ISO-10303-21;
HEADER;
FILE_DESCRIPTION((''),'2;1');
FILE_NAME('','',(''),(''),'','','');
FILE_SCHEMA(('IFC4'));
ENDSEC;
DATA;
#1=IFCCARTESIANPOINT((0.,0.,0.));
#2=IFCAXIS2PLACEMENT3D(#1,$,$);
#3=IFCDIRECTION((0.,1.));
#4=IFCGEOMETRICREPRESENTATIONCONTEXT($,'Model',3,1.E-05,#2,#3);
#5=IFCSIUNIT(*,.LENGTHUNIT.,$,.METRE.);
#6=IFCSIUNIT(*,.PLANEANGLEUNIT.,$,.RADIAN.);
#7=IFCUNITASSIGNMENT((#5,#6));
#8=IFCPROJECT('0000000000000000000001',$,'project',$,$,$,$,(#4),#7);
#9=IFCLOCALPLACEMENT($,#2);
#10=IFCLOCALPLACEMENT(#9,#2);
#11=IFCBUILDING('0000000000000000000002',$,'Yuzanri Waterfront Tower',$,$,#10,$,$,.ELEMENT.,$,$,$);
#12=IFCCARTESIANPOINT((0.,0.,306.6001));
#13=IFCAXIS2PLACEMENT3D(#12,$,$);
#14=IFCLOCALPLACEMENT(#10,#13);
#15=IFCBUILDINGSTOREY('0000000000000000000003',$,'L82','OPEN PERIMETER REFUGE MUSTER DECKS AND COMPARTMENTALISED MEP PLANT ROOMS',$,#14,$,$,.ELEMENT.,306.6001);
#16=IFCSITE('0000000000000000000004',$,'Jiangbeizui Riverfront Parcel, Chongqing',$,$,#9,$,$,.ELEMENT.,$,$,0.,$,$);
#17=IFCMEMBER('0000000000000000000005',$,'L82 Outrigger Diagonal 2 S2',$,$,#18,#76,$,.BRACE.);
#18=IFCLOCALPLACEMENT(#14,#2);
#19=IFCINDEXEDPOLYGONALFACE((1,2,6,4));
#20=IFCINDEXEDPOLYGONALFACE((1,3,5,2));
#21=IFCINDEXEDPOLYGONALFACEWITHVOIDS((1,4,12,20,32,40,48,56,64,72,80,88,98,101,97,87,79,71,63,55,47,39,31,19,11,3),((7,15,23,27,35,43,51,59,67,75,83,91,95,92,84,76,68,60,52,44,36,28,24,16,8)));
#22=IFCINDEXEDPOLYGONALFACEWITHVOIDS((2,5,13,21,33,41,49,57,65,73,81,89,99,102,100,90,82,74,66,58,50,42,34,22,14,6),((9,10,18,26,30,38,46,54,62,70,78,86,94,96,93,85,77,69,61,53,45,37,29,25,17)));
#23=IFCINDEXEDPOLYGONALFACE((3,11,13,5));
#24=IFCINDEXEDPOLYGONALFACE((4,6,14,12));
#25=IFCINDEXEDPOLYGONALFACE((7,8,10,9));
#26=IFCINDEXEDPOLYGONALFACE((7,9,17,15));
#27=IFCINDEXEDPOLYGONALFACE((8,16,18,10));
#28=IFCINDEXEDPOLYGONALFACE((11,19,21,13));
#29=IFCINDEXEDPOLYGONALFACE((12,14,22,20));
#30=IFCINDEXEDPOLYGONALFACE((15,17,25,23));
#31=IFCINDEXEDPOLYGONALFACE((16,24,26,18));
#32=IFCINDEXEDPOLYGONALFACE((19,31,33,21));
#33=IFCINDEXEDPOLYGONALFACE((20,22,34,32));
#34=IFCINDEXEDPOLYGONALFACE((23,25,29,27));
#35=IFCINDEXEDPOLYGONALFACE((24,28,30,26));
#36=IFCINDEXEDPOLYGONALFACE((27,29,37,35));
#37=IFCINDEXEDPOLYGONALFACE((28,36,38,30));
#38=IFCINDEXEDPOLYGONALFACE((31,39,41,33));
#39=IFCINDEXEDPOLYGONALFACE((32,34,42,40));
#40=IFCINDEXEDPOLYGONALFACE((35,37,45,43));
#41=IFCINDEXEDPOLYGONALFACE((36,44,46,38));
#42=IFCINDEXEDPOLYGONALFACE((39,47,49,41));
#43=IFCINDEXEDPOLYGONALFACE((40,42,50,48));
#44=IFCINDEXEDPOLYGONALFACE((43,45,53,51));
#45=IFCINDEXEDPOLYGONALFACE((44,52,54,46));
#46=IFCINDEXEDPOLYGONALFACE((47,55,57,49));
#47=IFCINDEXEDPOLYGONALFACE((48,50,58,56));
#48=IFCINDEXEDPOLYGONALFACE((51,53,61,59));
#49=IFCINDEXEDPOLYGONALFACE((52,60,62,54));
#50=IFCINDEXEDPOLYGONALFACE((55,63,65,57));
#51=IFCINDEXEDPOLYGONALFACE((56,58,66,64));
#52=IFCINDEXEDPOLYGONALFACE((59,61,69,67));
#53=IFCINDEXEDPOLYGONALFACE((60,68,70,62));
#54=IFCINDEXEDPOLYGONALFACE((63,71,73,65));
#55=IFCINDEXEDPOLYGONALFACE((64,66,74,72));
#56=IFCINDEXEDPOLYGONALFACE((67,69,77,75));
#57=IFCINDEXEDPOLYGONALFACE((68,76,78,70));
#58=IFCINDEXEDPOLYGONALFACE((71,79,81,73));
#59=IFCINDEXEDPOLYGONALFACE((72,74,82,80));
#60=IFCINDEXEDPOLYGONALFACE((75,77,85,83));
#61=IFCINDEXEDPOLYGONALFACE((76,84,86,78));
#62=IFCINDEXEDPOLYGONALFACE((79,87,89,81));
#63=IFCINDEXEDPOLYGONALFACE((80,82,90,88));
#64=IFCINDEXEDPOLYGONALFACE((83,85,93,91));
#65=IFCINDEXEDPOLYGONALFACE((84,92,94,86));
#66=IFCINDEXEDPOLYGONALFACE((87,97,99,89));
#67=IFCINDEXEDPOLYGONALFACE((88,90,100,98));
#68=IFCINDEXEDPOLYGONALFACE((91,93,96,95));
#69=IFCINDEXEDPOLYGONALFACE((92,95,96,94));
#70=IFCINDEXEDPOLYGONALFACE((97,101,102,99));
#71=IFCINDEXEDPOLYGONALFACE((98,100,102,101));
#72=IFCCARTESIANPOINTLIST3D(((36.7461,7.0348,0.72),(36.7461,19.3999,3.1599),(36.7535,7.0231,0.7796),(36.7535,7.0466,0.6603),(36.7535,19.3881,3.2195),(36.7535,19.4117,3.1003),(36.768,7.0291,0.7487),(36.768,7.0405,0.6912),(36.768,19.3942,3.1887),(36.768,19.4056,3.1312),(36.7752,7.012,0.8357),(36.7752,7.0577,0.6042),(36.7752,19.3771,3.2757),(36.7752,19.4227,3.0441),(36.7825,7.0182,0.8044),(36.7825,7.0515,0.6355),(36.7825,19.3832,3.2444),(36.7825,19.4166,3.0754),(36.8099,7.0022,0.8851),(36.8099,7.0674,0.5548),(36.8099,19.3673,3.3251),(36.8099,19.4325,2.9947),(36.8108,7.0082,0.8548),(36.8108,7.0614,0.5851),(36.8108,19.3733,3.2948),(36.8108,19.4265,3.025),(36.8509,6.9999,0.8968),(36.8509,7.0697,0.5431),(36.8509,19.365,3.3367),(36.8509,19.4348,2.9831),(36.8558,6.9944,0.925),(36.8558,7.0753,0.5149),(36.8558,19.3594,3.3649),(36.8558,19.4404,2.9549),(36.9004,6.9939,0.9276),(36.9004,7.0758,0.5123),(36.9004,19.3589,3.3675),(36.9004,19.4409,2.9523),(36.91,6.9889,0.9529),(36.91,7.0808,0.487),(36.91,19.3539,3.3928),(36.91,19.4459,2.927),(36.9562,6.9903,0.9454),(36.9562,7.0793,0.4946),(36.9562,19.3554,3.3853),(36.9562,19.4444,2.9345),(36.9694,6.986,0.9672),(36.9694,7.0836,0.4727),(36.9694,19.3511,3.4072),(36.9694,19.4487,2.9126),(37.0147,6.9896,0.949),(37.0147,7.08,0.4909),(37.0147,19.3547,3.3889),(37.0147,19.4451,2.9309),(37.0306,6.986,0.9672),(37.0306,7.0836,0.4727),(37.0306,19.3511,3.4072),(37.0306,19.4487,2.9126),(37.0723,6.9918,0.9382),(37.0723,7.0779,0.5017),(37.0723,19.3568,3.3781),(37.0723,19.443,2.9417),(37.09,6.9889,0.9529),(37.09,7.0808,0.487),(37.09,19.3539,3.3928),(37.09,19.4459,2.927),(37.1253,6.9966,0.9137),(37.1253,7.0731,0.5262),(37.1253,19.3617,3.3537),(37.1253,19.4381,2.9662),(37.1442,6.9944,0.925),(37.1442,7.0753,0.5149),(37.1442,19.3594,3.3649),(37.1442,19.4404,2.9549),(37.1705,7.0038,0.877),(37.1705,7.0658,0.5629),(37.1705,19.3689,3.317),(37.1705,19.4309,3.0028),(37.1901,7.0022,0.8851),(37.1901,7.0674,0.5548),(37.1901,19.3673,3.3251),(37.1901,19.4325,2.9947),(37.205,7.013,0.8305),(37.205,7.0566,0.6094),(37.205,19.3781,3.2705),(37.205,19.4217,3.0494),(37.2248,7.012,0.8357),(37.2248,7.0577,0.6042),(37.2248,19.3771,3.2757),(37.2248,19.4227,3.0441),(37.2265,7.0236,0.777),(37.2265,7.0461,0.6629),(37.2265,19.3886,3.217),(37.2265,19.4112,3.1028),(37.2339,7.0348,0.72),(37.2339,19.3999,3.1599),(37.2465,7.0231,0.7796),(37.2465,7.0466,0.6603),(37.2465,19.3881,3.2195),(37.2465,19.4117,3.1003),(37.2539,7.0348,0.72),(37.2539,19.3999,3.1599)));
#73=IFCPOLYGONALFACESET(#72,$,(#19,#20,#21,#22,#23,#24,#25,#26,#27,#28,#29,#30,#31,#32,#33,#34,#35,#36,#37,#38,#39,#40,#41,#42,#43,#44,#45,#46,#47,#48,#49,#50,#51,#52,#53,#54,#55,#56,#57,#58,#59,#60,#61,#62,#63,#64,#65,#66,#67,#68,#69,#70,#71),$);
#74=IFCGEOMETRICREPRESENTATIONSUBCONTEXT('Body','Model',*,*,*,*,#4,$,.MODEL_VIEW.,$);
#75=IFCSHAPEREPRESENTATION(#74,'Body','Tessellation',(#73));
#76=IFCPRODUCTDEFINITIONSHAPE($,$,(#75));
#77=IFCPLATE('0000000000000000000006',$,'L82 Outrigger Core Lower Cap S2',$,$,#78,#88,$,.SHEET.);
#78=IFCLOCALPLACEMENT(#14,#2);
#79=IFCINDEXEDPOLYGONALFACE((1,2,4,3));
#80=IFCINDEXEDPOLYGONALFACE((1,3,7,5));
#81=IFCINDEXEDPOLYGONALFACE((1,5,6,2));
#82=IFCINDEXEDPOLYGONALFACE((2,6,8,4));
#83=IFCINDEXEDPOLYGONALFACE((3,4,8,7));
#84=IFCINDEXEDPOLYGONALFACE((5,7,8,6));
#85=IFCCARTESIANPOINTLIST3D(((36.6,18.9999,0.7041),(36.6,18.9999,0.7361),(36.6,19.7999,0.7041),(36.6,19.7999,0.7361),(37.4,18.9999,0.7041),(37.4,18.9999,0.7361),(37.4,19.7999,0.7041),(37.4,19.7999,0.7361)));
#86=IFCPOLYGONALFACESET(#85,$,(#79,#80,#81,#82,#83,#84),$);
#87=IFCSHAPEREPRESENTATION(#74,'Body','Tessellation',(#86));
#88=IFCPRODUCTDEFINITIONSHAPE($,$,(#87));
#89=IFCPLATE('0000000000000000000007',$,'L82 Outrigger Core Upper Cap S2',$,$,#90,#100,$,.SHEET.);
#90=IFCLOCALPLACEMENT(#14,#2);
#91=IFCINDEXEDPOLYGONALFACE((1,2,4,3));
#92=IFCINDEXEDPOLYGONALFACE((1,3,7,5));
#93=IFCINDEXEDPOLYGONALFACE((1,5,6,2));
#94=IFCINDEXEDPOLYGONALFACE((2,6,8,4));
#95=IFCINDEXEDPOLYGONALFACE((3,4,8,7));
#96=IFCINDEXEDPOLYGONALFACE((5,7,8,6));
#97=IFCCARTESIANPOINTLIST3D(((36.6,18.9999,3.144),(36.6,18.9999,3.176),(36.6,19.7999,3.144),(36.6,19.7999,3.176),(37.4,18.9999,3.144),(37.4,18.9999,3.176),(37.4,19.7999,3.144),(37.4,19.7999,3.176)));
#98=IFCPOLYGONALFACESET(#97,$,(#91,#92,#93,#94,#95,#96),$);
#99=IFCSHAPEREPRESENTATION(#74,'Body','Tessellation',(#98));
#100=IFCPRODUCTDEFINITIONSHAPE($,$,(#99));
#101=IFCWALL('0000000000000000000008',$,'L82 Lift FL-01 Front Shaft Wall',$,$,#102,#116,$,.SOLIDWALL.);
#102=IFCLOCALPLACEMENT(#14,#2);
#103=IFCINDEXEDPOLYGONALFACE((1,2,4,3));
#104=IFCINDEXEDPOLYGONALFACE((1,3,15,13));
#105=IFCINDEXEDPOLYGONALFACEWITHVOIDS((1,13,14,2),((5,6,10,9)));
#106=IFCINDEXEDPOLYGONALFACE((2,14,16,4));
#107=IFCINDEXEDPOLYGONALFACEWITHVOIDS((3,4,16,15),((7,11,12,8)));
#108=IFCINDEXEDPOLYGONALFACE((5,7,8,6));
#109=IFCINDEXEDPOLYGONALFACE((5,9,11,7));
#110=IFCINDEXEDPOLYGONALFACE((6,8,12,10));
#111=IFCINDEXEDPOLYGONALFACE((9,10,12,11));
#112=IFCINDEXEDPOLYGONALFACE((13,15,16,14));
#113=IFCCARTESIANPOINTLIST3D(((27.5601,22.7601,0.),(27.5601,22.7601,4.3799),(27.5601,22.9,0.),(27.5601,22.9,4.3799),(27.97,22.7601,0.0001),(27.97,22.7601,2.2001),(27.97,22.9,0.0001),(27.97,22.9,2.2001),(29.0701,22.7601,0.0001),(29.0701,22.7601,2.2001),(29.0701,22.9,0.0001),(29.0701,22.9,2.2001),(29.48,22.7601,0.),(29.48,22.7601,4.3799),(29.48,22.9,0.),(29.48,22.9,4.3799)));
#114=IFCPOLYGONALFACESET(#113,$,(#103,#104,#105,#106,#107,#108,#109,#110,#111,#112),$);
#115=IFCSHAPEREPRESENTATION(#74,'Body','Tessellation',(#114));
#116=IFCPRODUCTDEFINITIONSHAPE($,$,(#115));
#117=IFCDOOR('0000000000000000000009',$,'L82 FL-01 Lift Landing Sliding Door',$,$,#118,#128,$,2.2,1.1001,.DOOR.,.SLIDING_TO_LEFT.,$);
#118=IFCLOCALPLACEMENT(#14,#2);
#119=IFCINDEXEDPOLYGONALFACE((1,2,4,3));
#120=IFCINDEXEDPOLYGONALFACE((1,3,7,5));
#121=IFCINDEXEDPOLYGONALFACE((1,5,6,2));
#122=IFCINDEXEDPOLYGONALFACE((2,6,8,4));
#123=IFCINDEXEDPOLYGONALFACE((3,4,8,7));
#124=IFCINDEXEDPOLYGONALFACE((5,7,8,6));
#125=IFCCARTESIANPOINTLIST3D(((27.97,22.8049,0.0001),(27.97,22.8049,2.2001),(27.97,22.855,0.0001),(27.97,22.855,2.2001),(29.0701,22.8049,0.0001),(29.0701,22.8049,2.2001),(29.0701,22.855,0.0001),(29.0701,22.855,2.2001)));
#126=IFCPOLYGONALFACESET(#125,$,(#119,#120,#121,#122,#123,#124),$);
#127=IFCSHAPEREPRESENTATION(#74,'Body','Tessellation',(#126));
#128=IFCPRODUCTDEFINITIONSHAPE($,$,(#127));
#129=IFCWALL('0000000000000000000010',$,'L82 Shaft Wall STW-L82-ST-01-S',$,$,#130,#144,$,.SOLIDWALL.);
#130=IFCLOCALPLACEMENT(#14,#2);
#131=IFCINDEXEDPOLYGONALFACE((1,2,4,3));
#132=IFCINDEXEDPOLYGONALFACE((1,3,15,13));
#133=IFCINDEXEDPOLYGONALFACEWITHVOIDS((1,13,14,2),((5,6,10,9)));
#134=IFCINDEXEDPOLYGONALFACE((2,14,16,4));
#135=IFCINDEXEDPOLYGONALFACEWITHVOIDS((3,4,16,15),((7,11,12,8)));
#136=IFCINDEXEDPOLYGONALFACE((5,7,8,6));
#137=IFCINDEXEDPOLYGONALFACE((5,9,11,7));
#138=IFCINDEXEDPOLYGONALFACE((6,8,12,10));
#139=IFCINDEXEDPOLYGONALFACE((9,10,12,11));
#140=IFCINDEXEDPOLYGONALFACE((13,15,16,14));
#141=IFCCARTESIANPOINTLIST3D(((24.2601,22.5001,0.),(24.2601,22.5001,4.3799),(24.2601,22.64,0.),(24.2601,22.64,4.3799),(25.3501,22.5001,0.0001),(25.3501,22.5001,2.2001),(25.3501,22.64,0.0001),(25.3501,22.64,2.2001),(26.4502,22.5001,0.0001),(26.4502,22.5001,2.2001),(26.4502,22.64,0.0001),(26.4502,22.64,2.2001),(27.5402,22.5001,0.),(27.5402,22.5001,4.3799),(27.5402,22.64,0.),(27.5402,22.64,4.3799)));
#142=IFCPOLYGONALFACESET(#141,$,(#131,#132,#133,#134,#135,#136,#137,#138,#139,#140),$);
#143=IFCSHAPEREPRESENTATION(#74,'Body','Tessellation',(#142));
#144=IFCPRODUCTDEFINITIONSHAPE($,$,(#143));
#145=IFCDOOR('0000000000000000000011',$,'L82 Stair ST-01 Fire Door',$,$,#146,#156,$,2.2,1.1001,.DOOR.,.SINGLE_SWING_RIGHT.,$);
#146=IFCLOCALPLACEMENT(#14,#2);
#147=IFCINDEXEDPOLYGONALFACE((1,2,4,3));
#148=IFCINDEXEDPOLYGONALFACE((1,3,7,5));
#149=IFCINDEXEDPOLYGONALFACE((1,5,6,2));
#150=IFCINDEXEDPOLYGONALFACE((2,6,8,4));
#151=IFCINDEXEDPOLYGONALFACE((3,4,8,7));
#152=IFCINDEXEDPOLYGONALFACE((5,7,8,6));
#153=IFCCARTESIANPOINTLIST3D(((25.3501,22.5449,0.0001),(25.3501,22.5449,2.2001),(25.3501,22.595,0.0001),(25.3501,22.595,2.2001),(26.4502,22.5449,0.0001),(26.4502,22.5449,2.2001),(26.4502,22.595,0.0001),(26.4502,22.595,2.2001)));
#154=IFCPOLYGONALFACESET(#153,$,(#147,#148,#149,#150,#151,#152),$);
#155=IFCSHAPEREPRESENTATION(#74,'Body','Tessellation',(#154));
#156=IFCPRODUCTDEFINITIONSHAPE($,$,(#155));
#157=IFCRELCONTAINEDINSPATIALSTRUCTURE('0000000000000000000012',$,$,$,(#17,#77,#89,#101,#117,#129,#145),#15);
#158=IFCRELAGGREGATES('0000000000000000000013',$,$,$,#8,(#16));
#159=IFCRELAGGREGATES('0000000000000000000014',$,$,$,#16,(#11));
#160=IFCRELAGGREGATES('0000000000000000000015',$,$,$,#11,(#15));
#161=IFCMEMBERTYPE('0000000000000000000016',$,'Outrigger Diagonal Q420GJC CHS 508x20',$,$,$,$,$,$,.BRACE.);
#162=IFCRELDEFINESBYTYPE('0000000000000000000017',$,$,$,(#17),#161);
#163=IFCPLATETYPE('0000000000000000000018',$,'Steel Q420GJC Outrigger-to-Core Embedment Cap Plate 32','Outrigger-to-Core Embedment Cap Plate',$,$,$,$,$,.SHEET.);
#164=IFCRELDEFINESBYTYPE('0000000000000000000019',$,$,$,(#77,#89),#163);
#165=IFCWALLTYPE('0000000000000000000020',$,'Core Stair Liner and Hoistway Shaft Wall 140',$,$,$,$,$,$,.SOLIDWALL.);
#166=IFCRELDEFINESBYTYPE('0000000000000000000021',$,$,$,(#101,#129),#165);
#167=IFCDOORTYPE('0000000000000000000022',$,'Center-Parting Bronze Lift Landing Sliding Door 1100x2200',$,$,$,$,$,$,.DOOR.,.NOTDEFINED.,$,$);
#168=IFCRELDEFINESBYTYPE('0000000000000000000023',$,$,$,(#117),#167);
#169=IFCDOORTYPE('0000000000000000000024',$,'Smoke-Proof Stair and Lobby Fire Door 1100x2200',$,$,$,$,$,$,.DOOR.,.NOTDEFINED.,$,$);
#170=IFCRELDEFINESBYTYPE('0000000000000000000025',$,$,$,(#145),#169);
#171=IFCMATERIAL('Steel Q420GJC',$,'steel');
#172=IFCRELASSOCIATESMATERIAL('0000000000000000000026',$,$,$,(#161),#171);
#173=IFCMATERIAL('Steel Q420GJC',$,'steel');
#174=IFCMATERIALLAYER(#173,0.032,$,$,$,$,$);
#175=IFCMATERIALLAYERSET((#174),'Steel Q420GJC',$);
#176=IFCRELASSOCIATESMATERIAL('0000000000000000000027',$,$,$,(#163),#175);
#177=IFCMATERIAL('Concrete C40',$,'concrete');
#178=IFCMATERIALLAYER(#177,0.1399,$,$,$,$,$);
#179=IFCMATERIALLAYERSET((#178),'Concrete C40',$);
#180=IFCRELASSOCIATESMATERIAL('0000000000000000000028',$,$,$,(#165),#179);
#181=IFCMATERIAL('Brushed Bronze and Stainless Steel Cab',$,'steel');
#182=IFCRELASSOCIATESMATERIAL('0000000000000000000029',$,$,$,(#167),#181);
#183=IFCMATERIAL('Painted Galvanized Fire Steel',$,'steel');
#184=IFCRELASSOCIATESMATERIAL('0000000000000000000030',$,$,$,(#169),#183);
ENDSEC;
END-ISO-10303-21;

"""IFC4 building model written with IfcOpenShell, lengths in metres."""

from ifc_helpers import new_model, si_unit, direction, frame, frame_2d, origin, origin_2d, place, context, subcontext, project, spatial, rectangle, hollow_circle, extrude, source, transform, mapped, material, layer, layer_set, material_profile, profile_set, type_object, element, fill, save


model = new_model("IFC4")

# Units and contexts
model_context = context("Model", 3, precision=1e-05, world=origin(), true_north=direction((0.0, 1.0)))
body_context = subcontext(model_context, "Body", "Model", "MODEL_VIEW")
ifc_project = project(units=[si_unit("LENGTHUNIT", "METRE"), si_unit("PLANEANGLEUNIT", "RADIAN")], contexts=[model_context])

# Site, building, storey
site_placement = place(None, origin())
site = spatial("IfcSite", under=ifc_project, at=site_placement, Name="Jiangbeizui Riverfront Parcel, Chongqing", CompositionType="ELEMENT", RefElevation=0.0)
building_placement = place(site_placement, origin())
building = spatial("IfcBuilding", under=site, at=building_placement, Name="Yuzanri Waterfront Tower", CompositionType="ELEMENT")
storey_placement = place(building_placement, frame((0.0, 0.0, 306.6001)))
storey = spatial("IfcBuildingStorey", under=building, at=storey_placement, Name="L82", Description="OPEN PERIMETER REFUGE MUSTER DECKS AND COMPARTMENTALISED MEP PLANT ROOMS", CompositionType="ELEMENT", Elevation=306.6001)

# Member
ifc_material_1 = material(Name="Steel Q420GJC", Category="steel")
ifc_material_profile = material_profile(ifc_material_1, hollow_circle(Radius=0.2539, WallThickness=0.02, at=origin_2d()), Name="CHS 508x20")
ifc_profile_set = profile_set([ifc_material_profile], Name="Steel Q420GJC")
member_type = type_object("IfcMemberType", Name="Outrigger Diagonal Q420GJC CHS 508x20", PredefinedType="BRACE", material=ifc_profile_set)
shared_shape_1 = source(origin(), body_context, "Body", "SweptSolid", [
    extrude(hollow_circle(Radius=0.2539, WallThickness=0.02, at=origin_2d()), origin(), (0.0, 0.0, 1.0), 12.6035),
])
member_placement = place(storey_placement, frame((37.0, 19.3999, 3.1599), z_axis=(0.0, -0.981082, -0.193594), x_axis=(1.0, 0.0, 0.0)))
element("IfcMember", 1, at=member_placement, inside=storey, type_object=member_type, Name="L82 Outrigger Diagonal 2 S2", PredefinedType="BRACE", context=body_context, shape_type="MappedRepresentation", body=[
    mapped(shared_shape_1, transform((0.0, 0.0, 0.0), scale=1.0)),
])

# Plates
ifc_material_2 = material(Name="Steel Q420GJC", Category="steel")
ifc_layer_1 = layer(ifc_material_2, 0.032)
ifc_layer_set_1 = layer_set([ifc_layer_1], Name="Steel Q420GJC")
plate_type = type_object("IfcPlateType", Name="Steel Q420GJC Outrigger-to-Core Embedment Cap Plate 32", Description="Outrigger-to-Core Embedment Cap Plate", PredefinedType="SHEET", material=ifc_layer_set_1)
shared_shape_2 = source(origin(), body_context, "Body", "SweptSolid", [
    extrude(rectangle(XDim=0.8, YDim=0.8, at=origin_2d()), origin(), (0.0, 0.0, 1.0), 0.032),
])
for number, where, z_axis, x_axis, name in (
    (2, (37.0, 19.3999, 0.7041), (0.0, 0.0, 1.0), (1.0, 0.0, 0.0), "L82 Outrigger Core Lower Cap S2"),
    (3, (37.0, 19.3999, 3.144), (0.0, 0.0, 1.0), (1.0, 0.0, 0.0), "L82 Outrigger Core Upper Cap S2"),
):
    element("IfcPlate", number, at=place(storey_placement, frame(where, z_axis=z_axis, x_axis=x_axis)), inside=storey, type_object=plate_type, Name=name, PredefinedType="SHEET", context=body_context, shape_type="MappedRepresentation", body=[
        mapped(shared_shape_2, transform((0.0, 0.0, 0.0), scale=1.0)),
    ])

# Walls, openings, doors
ifc_material_3 = material(Name="Concrete C40", Category="concrete")
ifc_layer_2 = layer(ifc_material_3, 0.1399)
ifc_layer_set_2 = layer_set([ifc_layer_2], Name="Concrete C40")
wall_type_1 = type_object("IfcWallType", Name="Core Stair Liner and Hoistway Shaft Wall 140", PredefinedType="SOLIDWALL", material=ifc_layer_set_2)
wall_1_placement = place(storey_placement, frame((27.5601, 22.8301, 0.0), z_axis=(0.0, 0.0, 1.0), x_axis=(1.0, 0.0, 0.0)))
wall_1 = element("IfcWall", 4, at=wall_1_placement, inside=storey, type_object=wall_type_1, Name="L82 Lift FL-01 Front Shaft Wall", PredefinedType="SOLIDWALL", context=body_context, shape_type="SweptSolid", body=[
    extrude(rectangle(XDim=1.9199, YDim=0.1399, at=frame_2d((0.96, 0.0))), origin(), (0.0, 0.0, 1.0), 4.3799),
])
opening_1_placement = place(wall_1_placement, frame((0.4099, 0.0, 0.0)))
opening_1 = element("IfcOpeningElement", 5, at=opening_1_placement, cuts=wall_1, PredefinedType="OPENING", context=body_context, shape_type="SweptSolid", body=[
    extrude(rectangle(XDim=1.1001, YDim=2.2, at=frame_2d((0.55, 1.1001))), frame((0.0, 0.085, 0.0), z_axis=(0.0, -1.0, 0.0), x_axis=(1.0, 0.0, 0.0)), (0.0, 0.0, 1.0), 0.1697),
])
ifc_material_4 = material(Name="Brushed Bronze and Stainless Steel Cab", Category="steel")
door_type_1 = type_object("IfcDoorType", Name="Center-Parting Bronze Lift Landing Sliding Door 1100x2200", OperationType="NOTDEFINED", PredefinedType="DOOR", material=ifc_material_4)
shared_shape_3 = source(origin(), body_context, "Body", "SweptSolid", [
    extrude(rectangle(XDim=1.1001, YDim=2.2, at=frame_2d((0.55, 1.1001))), frame((0.0, 0.0249, 0.0), z_axis=(0.0, -1.0, 0.0), x_axis=(1.0, 0.0, 0.0)), (0.0, 0.0, 1.0), 0.05),
])
door_1_placement = place(opening_1_placement, origin())
door_1 = element("IfcDoor", 6, at=door_1_placement, inside=storey, type_object=door_type_1, Name="L82 FL-01 Lift Landing Sliding Door", OperationType="SLIDING_TO_LEFT", OverallHeight=2.2, OverallWidth=1.1001, PredefinedType="DOOR", context=body_context, shape_type="MappedRepresentation", body=[
    mapped(shared_shape_3, transform((0.0, 0.0, 0.0), scale=1.0)),
])
fill(opening_1, door_1)
wall_2_placement = place(storey_placement, frame((24.26, 22.5701, 0.0), z_axis=(0.0, 0.0, 1.0), x_axis=(1.0, 0.0, 0.0)))
wall_2 = element("IfcWall", 7, at=wall_2_placement, inside=storey, type_object=wall_type_1, Name="L82 Shaft Wall STW-L82-ST-01-S", PredefinedType="SOLIDWALL", context=body_context, shape_type="SweptSolid", body=[
    extrude(rectangle(XDim=3.28, YDim=0.1399, at=frame_2d((1.6401, 0.0))), origin(), (0.0, 0.0, 1.0), 4.3799),
])
opening_2_placement = place(wall_2_placement, frame((1.0901, 0.0, 0.0)))
opening_2 = element("IfcOpeningElement", 8, at=opening_2_placement, cuts=wall_2, PredefinedType="OPENING", context=body_context, shape_type="SweptSolid", body=[
    extrude(rectangle(XDim=1.1001, YDim=2.2, at=frame_2d((0.55, 1.1001))), frame((0.0, 0.085, 0.0), z_axis=(0.0, -1.0, 0.0), x_axis=(1.0, 0.0, 0.0)), (0.0, 0.0, 1.0), 0.1697),
])
ifc_material_5 = material(Name="Painted Galvanized Fire Steel", Category="steel")
door_type_2 = type_object("IfcDoorType", Name="Smoke-Proof Stair and Lobby Fire Door 1100x2200", OperationType="NOTDEFINED", PredefinedType="DOOR", material=ifc_material_5)
shared_shape_4 = source(origin(), body_context, "Body", "SweptSolid", [
    extrude(rectangle(XDim=1.1001, YDim=2.2, at=frame_2d((0.55, 1.1001))), frame((0.0, 0.0249, 0.0), z_axis=(0.0, -1.0, 0.0), x_axis=(1.0, 0.0, 0.0)), (0.0, 0.0, 1.0), 0.05),
])
door_2_placement = place(opening_2_placement, origin())
door_2 = element("IfcDoor", 9, at=door_2_placement, inside=storey, type_object=door_type_2, Name="L82 Stair ST-01 Fire Door", OperationType="SINGLE_SWING_RIGHT", OverallHeight=2.2, OverallWidth=1.1001, PredefinedType="DOOR", context=body_context, shape_type="MappedRepresentation", body=[
    mapped(shared_shape_4, transform((0.0, 0.0, 0.0), scale=1.0)),
])
fill(opening_2, door_2)

save(model, "model.ifc")
